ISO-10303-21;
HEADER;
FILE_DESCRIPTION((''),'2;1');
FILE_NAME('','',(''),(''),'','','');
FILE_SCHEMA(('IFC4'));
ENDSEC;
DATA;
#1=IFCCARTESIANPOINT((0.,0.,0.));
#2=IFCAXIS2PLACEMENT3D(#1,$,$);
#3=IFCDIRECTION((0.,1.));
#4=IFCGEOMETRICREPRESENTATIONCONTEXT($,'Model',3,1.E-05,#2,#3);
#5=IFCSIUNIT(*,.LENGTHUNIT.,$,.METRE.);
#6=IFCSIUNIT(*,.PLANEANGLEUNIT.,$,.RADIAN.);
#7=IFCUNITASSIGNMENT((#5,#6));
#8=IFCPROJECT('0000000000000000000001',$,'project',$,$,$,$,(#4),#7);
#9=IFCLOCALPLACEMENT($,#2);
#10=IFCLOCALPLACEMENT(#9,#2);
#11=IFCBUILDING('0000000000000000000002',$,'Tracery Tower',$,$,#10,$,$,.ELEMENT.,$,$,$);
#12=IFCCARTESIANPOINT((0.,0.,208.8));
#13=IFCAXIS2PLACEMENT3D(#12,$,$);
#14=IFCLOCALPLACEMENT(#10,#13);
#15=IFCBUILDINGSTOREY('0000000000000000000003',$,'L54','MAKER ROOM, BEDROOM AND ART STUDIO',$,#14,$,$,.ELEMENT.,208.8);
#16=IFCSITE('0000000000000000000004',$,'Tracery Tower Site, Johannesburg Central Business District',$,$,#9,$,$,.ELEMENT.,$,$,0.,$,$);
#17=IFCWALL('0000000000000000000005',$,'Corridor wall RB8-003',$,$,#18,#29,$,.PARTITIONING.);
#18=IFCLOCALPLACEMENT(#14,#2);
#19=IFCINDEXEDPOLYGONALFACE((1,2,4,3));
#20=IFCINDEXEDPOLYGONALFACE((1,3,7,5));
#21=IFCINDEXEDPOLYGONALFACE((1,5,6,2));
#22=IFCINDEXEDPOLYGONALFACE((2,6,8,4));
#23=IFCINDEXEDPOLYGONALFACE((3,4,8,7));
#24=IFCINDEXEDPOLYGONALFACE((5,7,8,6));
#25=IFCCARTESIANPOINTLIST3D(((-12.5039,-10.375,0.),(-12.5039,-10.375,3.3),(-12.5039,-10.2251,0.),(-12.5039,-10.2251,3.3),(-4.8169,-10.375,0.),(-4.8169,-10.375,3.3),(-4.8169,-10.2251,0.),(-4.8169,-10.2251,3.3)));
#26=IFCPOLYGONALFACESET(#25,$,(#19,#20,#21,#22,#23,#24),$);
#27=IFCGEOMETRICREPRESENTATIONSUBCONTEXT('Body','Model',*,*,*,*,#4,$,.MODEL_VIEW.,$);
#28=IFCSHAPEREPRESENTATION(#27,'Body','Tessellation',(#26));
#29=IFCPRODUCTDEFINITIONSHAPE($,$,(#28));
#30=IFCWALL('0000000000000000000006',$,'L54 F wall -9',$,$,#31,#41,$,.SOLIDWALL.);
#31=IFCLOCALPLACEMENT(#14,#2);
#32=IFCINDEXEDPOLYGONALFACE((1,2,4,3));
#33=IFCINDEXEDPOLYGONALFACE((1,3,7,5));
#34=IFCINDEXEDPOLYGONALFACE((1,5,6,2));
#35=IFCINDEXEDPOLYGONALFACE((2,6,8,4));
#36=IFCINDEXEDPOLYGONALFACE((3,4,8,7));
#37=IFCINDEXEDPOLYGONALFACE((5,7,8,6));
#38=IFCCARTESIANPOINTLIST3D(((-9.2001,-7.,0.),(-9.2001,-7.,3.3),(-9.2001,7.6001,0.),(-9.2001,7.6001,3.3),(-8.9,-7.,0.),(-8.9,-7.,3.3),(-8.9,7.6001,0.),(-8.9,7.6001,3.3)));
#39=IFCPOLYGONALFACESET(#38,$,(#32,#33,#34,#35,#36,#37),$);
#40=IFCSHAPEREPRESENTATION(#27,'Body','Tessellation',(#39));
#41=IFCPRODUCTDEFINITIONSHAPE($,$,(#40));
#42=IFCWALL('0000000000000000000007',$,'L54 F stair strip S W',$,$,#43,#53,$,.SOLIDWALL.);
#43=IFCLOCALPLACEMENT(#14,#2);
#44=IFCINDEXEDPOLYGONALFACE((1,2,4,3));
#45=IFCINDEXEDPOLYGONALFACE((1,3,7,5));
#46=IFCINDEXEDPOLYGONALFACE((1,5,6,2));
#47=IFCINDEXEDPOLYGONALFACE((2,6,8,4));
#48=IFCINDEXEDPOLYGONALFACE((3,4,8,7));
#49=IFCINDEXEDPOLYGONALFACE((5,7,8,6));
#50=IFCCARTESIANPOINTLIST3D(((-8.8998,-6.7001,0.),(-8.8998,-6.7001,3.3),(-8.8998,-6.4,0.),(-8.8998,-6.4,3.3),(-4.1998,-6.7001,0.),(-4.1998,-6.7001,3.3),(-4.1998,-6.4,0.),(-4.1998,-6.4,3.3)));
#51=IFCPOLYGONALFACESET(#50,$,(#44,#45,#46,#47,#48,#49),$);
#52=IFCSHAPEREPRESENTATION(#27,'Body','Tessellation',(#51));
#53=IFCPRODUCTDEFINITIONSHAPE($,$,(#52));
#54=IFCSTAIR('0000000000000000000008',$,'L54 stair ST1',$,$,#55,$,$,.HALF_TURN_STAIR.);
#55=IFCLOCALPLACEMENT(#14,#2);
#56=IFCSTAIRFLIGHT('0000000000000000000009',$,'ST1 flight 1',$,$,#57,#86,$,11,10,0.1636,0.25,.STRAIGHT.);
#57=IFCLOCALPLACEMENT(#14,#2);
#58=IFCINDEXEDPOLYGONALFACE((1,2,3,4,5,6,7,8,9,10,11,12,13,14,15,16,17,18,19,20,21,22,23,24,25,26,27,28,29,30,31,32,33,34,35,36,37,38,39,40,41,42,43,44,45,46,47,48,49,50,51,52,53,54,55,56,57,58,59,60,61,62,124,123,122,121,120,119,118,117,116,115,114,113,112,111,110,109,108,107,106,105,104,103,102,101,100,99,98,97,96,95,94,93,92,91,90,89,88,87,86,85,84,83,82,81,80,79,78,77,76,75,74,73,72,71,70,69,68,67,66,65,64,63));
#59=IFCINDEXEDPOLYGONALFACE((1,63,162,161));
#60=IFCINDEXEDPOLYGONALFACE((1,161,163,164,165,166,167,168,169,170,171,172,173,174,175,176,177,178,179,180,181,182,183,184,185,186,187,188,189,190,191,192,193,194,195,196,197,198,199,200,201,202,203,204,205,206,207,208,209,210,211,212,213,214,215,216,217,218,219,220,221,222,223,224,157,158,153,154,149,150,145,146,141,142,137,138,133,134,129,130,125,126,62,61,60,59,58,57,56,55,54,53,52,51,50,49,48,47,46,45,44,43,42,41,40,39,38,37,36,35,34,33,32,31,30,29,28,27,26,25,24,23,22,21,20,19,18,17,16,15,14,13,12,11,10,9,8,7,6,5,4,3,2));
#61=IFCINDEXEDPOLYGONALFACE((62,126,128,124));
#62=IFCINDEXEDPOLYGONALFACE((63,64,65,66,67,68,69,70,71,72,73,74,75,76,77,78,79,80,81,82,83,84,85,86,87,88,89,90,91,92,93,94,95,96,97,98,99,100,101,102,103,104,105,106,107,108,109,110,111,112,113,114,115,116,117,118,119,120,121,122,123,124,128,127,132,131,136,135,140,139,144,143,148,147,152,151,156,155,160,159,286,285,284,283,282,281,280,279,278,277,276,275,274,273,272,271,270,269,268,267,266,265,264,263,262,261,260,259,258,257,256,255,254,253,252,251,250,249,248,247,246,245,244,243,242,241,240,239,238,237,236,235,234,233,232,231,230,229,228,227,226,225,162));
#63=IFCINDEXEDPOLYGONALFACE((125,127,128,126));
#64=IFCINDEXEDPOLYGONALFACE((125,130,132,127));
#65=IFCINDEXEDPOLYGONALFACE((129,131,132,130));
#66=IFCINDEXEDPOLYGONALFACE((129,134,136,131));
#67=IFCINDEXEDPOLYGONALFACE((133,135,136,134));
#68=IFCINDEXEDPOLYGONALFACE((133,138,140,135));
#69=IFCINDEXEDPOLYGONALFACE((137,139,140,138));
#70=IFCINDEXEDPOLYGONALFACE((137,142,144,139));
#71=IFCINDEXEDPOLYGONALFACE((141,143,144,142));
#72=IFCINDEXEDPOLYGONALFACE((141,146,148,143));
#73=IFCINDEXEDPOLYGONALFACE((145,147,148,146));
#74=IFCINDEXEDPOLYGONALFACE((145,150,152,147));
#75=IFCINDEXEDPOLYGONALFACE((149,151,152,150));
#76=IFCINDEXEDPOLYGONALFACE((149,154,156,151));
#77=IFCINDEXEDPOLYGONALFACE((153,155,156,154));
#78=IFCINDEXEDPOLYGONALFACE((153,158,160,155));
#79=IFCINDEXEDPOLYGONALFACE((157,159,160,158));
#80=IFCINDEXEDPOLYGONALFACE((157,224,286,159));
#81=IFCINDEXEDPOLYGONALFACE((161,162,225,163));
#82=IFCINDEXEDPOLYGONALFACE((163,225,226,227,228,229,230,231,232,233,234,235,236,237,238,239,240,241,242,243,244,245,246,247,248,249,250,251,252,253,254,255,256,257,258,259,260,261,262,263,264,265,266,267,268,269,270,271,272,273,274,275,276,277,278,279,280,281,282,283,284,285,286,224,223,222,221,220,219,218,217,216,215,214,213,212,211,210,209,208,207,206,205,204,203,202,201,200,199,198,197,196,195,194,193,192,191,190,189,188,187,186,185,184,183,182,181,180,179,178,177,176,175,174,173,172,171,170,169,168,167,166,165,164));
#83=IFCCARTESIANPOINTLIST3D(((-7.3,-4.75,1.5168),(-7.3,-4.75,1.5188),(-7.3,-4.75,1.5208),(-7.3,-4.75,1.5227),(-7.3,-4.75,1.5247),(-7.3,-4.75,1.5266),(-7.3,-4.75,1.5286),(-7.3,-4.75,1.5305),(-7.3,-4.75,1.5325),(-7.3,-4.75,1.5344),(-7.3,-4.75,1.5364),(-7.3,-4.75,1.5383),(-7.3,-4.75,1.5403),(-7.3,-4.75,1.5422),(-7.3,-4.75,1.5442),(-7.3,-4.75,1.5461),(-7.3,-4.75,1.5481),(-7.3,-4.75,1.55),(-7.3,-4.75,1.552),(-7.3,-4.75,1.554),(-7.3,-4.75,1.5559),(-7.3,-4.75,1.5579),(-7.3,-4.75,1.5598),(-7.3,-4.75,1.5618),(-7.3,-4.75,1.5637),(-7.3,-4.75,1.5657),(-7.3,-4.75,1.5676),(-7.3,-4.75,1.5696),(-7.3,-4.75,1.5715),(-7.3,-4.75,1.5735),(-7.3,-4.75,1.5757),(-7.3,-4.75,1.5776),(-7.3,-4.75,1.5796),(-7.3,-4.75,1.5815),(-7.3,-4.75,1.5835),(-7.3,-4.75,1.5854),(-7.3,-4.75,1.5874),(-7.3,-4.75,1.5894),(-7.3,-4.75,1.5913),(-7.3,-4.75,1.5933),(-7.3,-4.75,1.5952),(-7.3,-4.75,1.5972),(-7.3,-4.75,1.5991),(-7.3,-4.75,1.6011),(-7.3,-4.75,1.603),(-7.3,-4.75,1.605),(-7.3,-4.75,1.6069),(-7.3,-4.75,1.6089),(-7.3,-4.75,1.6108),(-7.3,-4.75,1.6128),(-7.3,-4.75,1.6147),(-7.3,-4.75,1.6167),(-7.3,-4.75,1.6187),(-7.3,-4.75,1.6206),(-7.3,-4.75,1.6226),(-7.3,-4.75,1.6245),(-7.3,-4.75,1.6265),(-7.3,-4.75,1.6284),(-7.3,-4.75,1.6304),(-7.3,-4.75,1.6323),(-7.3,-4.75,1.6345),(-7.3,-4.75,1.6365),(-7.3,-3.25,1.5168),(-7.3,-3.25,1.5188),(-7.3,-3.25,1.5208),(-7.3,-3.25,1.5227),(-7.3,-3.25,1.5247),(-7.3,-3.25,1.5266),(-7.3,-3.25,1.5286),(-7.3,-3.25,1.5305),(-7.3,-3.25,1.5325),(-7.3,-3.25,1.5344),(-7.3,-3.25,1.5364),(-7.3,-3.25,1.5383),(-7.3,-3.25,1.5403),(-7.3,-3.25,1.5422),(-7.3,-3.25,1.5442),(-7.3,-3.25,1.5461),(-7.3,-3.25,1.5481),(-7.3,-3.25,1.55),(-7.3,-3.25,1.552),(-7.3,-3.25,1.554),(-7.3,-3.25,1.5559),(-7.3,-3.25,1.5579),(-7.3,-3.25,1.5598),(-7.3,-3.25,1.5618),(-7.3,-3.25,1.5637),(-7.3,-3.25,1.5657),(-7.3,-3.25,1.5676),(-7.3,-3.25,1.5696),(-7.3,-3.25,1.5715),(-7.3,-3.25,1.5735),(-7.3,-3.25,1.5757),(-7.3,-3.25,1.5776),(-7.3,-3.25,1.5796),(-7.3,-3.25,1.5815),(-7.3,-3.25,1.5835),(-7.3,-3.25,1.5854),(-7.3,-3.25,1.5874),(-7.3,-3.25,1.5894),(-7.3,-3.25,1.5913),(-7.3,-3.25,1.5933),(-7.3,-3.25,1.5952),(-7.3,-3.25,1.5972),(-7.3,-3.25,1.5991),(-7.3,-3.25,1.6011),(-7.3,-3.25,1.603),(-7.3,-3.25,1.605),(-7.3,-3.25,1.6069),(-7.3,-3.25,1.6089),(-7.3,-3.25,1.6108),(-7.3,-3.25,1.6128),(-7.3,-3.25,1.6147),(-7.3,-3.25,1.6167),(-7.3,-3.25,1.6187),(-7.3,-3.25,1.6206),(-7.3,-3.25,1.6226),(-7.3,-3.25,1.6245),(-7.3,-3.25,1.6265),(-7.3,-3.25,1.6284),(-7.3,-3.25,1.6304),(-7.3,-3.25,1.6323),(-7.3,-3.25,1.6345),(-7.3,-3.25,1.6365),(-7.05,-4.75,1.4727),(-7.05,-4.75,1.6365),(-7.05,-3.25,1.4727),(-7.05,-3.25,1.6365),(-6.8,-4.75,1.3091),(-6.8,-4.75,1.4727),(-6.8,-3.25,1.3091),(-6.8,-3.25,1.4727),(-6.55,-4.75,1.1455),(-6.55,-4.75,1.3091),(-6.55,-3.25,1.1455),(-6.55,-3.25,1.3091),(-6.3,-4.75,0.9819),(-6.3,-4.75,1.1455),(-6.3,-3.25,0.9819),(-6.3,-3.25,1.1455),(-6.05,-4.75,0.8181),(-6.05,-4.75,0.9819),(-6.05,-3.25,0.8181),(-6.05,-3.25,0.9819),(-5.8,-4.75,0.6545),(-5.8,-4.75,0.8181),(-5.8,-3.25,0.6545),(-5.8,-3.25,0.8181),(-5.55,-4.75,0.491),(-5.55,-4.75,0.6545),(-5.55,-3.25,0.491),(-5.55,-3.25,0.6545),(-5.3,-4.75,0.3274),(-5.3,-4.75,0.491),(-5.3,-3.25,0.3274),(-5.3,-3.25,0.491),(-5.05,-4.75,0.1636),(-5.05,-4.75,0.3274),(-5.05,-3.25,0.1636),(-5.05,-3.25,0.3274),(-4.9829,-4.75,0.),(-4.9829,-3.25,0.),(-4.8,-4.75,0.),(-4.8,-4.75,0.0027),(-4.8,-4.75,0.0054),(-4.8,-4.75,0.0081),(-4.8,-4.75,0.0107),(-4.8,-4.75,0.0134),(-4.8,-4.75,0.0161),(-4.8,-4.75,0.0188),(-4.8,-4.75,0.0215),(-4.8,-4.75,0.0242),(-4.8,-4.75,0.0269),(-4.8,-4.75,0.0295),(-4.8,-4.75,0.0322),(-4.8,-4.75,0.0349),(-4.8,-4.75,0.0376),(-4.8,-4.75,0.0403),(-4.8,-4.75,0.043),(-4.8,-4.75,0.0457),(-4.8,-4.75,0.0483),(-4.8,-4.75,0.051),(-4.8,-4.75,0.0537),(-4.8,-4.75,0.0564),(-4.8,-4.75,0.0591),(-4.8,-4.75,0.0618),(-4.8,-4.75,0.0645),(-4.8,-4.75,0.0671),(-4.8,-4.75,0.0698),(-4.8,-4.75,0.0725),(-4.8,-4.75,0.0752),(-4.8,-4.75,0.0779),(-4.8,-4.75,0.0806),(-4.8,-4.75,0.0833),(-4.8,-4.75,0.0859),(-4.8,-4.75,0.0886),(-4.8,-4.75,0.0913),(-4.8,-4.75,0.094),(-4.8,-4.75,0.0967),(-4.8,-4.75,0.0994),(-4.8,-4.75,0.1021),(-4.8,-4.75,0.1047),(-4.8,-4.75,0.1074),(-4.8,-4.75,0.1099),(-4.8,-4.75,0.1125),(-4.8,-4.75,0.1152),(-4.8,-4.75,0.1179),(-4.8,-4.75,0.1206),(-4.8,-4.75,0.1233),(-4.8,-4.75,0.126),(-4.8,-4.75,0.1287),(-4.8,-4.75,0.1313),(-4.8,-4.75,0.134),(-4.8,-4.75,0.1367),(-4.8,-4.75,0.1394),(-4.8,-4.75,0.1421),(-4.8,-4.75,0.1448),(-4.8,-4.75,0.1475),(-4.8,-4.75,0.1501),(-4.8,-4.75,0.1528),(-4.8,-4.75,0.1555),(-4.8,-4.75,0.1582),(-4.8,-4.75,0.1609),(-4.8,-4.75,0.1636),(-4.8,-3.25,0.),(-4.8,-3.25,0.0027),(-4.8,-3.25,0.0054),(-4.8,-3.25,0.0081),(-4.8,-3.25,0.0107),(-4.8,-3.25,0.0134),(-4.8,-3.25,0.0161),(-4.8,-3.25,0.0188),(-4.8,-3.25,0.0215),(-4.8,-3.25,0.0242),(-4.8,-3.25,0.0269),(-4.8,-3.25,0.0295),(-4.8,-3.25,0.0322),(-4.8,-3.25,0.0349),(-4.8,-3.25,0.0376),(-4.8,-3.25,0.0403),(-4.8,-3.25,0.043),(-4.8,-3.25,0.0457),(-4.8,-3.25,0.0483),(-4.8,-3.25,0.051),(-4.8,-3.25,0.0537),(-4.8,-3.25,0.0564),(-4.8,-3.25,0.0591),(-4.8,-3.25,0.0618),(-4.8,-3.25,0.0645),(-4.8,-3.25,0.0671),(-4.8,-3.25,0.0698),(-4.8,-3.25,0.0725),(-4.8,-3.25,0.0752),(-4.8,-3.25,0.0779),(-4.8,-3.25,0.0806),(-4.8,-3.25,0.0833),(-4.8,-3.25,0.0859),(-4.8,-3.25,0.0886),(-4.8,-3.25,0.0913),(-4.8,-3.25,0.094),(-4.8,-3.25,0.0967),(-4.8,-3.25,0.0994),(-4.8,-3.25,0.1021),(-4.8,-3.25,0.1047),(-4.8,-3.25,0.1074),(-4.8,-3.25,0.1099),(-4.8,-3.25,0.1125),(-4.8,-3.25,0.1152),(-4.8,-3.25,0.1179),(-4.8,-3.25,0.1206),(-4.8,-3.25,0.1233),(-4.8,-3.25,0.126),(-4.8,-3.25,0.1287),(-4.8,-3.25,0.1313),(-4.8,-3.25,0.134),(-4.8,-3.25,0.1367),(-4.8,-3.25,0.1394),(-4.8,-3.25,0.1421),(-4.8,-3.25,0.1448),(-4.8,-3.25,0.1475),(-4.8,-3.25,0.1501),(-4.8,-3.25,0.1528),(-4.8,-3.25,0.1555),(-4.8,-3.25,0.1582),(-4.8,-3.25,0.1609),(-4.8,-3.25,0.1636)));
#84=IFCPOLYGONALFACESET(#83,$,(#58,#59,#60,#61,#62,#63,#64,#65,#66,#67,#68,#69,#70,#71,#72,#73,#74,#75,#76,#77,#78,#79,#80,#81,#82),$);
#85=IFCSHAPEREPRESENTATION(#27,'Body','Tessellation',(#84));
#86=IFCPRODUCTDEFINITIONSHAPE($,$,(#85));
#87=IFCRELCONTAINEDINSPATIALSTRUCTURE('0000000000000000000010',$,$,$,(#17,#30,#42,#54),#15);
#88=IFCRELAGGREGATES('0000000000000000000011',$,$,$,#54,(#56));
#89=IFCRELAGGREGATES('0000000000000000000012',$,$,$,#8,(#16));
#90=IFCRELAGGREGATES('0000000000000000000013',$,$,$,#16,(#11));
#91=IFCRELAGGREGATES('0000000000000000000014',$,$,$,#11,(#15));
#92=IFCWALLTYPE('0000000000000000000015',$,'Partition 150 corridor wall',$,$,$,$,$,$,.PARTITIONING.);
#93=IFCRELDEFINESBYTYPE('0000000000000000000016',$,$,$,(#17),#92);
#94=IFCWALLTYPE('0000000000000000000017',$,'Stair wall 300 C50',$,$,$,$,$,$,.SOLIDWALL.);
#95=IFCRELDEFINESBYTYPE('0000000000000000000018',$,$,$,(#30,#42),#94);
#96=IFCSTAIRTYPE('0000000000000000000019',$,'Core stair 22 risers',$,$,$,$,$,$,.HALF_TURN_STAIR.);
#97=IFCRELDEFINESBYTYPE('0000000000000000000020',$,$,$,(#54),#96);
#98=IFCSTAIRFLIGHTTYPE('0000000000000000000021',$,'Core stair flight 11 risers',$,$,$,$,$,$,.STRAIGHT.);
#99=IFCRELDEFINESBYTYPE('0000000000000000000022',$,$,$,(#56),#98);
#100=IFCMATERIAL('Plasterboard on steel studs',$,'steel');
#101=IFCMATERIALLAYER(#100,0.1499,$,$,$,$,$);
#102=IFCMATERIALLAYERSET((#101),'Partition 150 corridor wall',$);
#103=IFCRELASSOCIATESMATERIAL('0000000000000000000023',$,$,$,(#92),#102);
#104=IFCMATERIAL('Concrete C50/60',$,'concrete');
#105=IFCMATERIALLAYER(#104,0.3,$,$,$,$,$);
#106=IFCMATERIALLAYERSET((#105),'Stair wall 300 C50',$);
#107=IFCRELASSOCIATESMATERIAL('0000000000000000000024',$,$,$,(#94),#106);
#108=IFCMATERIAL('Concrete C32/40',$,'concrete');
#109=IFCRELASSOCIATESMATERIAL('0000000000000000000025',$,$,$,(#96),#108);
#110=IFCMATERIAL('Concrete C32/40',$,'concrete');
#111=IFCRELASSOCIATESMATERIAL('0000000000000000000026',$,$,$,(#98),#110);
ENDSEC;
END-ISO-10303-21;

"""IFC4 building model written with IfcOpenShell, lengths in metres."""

from ifc_helpers import new_model, si_unit, direction, frame, frame_2d, origin, place, context, subcontext, project, spatial, polyline, rectangle, outline, extrude, material, layer, layer_set, type_object, element, aggregate, save


model = new_model("IFC4")

# Units and contexts
model_context = context("Model", 3, precision=1e-05, world=origin(), true_north=direction((0.0, 1.0)))
body_context = subcontext(model_context, "Body", "Model", "MODEL_VIEW")
ifc_project = project(units=[si_unit("LENGTHUNIT", "METRE"), si_unit("PLANEANGLEUNIT", "RADIAN")], contexts=[model_context])

# Site, building, storey
site_placement = place(None, origin())
site = spatial("IfcSite", under=ifc_project, at=site_placement, Name="Tracery Tower Site, Johannesburg Central Business District", CompositionType="ELEMENT", RefElevation=0.0)
building_placement = place(site_placement, origin())
building = spatial("IfcBuilding", under=site, at=building_placement, Name="Tracery Tower", CompositionType="ELEMENT")
storey_placement = place(building_placement, frame((0.0, 0.0, 208.8)))
storey = spatial("IfcBuildingStorey", under=building, at=storey_placement, Name="L54", Description="MAKER ROOM, BEDROOM AND ART STUDIO", CompositionType="ELEMENT", Elevation=208.8)

# Wall
ifc_material_1 = material(Name="Plasterboard on steel studs", Category="steel")
ifc_layer_1 = layer(ifc_material_1, 0.1499)
ifc_layer_set_1 = layer_set([ifc_layer_1], Name="Partition 150 corridor wall")
wall_type_1 = type_object("IfcWallType", Name="Partition 150 corridor wall", PredefinedType="PARTITIONING", material=ifc_layer_set_1)
wall_1_placement = place(storey_placement, frame((-12.5039, -10.3, 0.0), z_axis=(0.0, 0.0, 1.0), x_axis=(1.0, 0.0, 0.0)))
element("IfcWall", 1, at=wall_1_placement, inside=storey, type_object=wall_type_1, Name="Corridor wall RB8-003", PredefinedType="PARTITIONING", context=body_context, shape_type="SweptSolid", body=[
    extrude(rectangle(XDim=7.687, YDim=0.1499, at=frame_2d((3.8435, 0.0))), origin(), (0.0, 0.0, 1.0), 3.3),
])

# Shared definitions
ifc_material_2 = material(Name="Concrete C50/60", Category="concrete")
ifc_layer_2 = layer(ifc_material_2, 0.3)
ifc_layer_set_2 = layer_set([ifc_layer_2], Name="Stair wall 300 C50")
wall_type_2 = type_object("IfcWallType", Name="Stair wall 300 C50", PredefinedType="SOLIDWALL", material=ifc_layer_set_2)

# Walls
wall_2_placement = place(storey_placement, frame((-9.05, -7.0, 0.0), z_axis=(0.0, 0.0, 1.0), x_axis=(0.0, 1.0, 0.0)))
element("IfcWall", 2, at=wall_2_placement, inside=storey, type_object=wall_type_2, Name="L54 F wall -9", PredefinedType="SOLIDWALL", context=body_context, shape_type="SweptSolid", body=[
    extrude(rectangle(XDim=14.6001, YDim=0.3, at=frame_2d((7.3, 0.0))), origin(), (0.0, 0.0, 1.0), 3.3),
])
wall_3_placement = place(storey_placement, frame((-8.8999, -6.55, 0.0), z_axis=(0.0, 0.0, 1.0), x_axis=(1.0, 0.0, 0.0)))
element("IfcWall", 3, at=wall_3_placement, inside=storey, type_object=wall_type_2, Name="L54 F stair strip S W", PredefinedType="SOLIDWALL", context=body_context, shape_type="SweptSolid", body=[
    extrude(rectangle(XDim=4.7, YDim=0.3, at=frame_2d((2.3501, 0.0))), origin(), (0.0, 0.0, 1.0), 3.3),
])

# Stair, stair flight
ifc_material_3 = material(Name="Concrete C32/40", Category="concrete")
stair_type = type_object("IfcStairType", Name="Core stair 22 risers", PredefinedType="HALF_TURN_STAIR", material=ifc_material_3)
stair_placement = place(storey_placement, origin())
stair = element("IfcStair", 4, at=stair_placement, inside=storey, type_object=stair_type, Name="L54 stair ST1", PredefinedType="HALF_TURN_STAIR")
ifc_material_4 = material(Name="Concrete C32/40", Category="concrete")
stair_flight_type = type_object("IfcStairFlightType", Name="Core stair flight 11 risers", PredefinedType="STRAIGHT", material=ifc_material_4)
stair_flight_1_placement = place(storey_placement, frame((-4.8, -4.0, 0.0), z_axis=(0.0, 0.0, 1.0), x_axis=(-1.0, 0.0, 0.0)))
stair_flight_1 = element("IfcStairFlight", 5, at=stair_flight_1_placement, type_object=stair_flight_type, Name="ST1 flight 1", NumberOfRisers=11, NumberOfTreads=10, PredefinedType="STRAIGHT", RiserHeight=0.1636, TreadLength=0.25, context=body_context, shape_type="SweptSolid", body=[
    extrude(outline(polyline([(0.0, 0.0), (0.0, 0.0027), (0.0, 0.0054), (0.0, 0.0081), (0.0, 0.0107), (0.0, 0.0134), (0.0, 0.0161), (0.0, 0.0188), (0.0, 0.0215), (0.0, 0.0242), (0.0, 0.0269), (0.0, 0.0295), (0.0, 0.0322), (0.0, 0.0349), (0.0, 0.0376), (0.0, 0.0403), (0.0, 0.043), (0.0, 0.0457), (0.0, 0.0483), (0.0, 0.051), (0.0, 0.0537), (0.0, 0.0564), (0.0, 0.0591), (0.0, 0.0618), (0.0, 0.0645), (0.0, 0.0671), (0.0, 0.0698), (0.0, 0.0725), (0.0, 0.0752), (0.0, 0.0779), (0.0, 0.0806), (0.0, 0.0833), (0.0, 0.0859), (0.0, 0.0886), (0.0, 0.0913), (0.0, 0.094), (0.0, 0.0967), (0.0, 0.0994), (0.0, 0.1021), (0.0, 0.1047), (0.0, 0.1074), (0.0, 0.1099), (0.0, 0.1125), (0.0, 0.1152), (0.0, 0.1179), (0.0, 0.1206), (0.0, 0.1233), (0.0, 0.126), (0.0, 0.1287), (0.0, 0.1313), (0.0, 0.134), (0.0, 0.1367), (0.0, 0.1394), (0.0, 0.1421), (0.0, 0.1448), (0.0, 0.1475), (0.0, 0.1501), (0.0, 0.1528), (0.0, 0.1555), (0.0, 0.1582), (0.0, 0.1609), (0.0, 0.1636), (0.25, 0.1636), (0.25, 0.3274), (0.5, 0.3274), (0.5, 0.491), (0.75, 0.491), (0.75, 0.6545), (1.0, 0.6545), (1.0, 0.8181), (1.25, 0.8181), (1.25, 0.9819), (1.5, 0.9819), (1.5, 1.1455), (1.75, 1.1455), (1.75, 1.3091), (2.0, 1.3091), (2.0, 1.4727), (2.25, 1.4727), (2.25, 1.6365), (2.5, 1.6365), (2.5, 1.6345), (2.5, 1.6323), (2.5, 1.6304), (2.5, 1.6284), (2.5, 1.6265), (2.5, 1.6245), (2.5, 1.6226), (2.5, 1.6206), (2.5, 1.6187), (2.5, 1.6167), (2.5, 1.6147), (2.5, 1.6128), (2.5, 1.6108), (2.5, 1.6089), (2.5, 1.6069), (2.5, 1.605), (2.5, 1.603), (2.5, 1.6011), (2.5, 1.5991), (2.5, 1.5972), (2.5, 1.5952), (2.5, 1.5933), (2.5, 1.5913), (2.5, 1.5894), (2.5, 1.5874), (2.5, 1.5854), (2.5, 1.5835), (2.5, 1.5815), (2.5, 1.5796), (2.5, 1.5776), (2.5, 1.5757), (2.5, 1.5735), (2.5, 1.5715), (2.5, 1.5696), (2.5, 1.5676), (2.5, 1.5657), (2.5, 1.5637), (2.5, 1.5618), (2.5, 1.5598), (2.5, 1.5579), (2.5, 1.5559), (2.5, 1.554), (2.5, 1.552), (2.5, 1.55), (2.5, 1.5481), (2.5, 1.5461), (2.5, 1.5442), (2.5, 1.5422), (2.5, 1.5403), (2.5, 1.5383), (2.5, 1.5364), (2.5, 1.5344), (2.5, 1.5325), (2.5, 1.5305), (2.5, 1.5286), (2.5, 1.5266), (2.5, 1.5247), (2.5, 1.5227), (2.5, 1.5208), (2.5, 1.5188), (2.5, 1.5168), (0.1829, 0.0), (0.0, 0.0)])), frame((0.0, 0.75, 0.0), z_axis=(0.0, -1.0, 0.0), x_axis=(1.0, 0.0, 0.0)), (0.0, 0.0, 1.0), 1.5),
])
aggregate(stair, [stair_flight_1])

save(model, "model.ifc")
